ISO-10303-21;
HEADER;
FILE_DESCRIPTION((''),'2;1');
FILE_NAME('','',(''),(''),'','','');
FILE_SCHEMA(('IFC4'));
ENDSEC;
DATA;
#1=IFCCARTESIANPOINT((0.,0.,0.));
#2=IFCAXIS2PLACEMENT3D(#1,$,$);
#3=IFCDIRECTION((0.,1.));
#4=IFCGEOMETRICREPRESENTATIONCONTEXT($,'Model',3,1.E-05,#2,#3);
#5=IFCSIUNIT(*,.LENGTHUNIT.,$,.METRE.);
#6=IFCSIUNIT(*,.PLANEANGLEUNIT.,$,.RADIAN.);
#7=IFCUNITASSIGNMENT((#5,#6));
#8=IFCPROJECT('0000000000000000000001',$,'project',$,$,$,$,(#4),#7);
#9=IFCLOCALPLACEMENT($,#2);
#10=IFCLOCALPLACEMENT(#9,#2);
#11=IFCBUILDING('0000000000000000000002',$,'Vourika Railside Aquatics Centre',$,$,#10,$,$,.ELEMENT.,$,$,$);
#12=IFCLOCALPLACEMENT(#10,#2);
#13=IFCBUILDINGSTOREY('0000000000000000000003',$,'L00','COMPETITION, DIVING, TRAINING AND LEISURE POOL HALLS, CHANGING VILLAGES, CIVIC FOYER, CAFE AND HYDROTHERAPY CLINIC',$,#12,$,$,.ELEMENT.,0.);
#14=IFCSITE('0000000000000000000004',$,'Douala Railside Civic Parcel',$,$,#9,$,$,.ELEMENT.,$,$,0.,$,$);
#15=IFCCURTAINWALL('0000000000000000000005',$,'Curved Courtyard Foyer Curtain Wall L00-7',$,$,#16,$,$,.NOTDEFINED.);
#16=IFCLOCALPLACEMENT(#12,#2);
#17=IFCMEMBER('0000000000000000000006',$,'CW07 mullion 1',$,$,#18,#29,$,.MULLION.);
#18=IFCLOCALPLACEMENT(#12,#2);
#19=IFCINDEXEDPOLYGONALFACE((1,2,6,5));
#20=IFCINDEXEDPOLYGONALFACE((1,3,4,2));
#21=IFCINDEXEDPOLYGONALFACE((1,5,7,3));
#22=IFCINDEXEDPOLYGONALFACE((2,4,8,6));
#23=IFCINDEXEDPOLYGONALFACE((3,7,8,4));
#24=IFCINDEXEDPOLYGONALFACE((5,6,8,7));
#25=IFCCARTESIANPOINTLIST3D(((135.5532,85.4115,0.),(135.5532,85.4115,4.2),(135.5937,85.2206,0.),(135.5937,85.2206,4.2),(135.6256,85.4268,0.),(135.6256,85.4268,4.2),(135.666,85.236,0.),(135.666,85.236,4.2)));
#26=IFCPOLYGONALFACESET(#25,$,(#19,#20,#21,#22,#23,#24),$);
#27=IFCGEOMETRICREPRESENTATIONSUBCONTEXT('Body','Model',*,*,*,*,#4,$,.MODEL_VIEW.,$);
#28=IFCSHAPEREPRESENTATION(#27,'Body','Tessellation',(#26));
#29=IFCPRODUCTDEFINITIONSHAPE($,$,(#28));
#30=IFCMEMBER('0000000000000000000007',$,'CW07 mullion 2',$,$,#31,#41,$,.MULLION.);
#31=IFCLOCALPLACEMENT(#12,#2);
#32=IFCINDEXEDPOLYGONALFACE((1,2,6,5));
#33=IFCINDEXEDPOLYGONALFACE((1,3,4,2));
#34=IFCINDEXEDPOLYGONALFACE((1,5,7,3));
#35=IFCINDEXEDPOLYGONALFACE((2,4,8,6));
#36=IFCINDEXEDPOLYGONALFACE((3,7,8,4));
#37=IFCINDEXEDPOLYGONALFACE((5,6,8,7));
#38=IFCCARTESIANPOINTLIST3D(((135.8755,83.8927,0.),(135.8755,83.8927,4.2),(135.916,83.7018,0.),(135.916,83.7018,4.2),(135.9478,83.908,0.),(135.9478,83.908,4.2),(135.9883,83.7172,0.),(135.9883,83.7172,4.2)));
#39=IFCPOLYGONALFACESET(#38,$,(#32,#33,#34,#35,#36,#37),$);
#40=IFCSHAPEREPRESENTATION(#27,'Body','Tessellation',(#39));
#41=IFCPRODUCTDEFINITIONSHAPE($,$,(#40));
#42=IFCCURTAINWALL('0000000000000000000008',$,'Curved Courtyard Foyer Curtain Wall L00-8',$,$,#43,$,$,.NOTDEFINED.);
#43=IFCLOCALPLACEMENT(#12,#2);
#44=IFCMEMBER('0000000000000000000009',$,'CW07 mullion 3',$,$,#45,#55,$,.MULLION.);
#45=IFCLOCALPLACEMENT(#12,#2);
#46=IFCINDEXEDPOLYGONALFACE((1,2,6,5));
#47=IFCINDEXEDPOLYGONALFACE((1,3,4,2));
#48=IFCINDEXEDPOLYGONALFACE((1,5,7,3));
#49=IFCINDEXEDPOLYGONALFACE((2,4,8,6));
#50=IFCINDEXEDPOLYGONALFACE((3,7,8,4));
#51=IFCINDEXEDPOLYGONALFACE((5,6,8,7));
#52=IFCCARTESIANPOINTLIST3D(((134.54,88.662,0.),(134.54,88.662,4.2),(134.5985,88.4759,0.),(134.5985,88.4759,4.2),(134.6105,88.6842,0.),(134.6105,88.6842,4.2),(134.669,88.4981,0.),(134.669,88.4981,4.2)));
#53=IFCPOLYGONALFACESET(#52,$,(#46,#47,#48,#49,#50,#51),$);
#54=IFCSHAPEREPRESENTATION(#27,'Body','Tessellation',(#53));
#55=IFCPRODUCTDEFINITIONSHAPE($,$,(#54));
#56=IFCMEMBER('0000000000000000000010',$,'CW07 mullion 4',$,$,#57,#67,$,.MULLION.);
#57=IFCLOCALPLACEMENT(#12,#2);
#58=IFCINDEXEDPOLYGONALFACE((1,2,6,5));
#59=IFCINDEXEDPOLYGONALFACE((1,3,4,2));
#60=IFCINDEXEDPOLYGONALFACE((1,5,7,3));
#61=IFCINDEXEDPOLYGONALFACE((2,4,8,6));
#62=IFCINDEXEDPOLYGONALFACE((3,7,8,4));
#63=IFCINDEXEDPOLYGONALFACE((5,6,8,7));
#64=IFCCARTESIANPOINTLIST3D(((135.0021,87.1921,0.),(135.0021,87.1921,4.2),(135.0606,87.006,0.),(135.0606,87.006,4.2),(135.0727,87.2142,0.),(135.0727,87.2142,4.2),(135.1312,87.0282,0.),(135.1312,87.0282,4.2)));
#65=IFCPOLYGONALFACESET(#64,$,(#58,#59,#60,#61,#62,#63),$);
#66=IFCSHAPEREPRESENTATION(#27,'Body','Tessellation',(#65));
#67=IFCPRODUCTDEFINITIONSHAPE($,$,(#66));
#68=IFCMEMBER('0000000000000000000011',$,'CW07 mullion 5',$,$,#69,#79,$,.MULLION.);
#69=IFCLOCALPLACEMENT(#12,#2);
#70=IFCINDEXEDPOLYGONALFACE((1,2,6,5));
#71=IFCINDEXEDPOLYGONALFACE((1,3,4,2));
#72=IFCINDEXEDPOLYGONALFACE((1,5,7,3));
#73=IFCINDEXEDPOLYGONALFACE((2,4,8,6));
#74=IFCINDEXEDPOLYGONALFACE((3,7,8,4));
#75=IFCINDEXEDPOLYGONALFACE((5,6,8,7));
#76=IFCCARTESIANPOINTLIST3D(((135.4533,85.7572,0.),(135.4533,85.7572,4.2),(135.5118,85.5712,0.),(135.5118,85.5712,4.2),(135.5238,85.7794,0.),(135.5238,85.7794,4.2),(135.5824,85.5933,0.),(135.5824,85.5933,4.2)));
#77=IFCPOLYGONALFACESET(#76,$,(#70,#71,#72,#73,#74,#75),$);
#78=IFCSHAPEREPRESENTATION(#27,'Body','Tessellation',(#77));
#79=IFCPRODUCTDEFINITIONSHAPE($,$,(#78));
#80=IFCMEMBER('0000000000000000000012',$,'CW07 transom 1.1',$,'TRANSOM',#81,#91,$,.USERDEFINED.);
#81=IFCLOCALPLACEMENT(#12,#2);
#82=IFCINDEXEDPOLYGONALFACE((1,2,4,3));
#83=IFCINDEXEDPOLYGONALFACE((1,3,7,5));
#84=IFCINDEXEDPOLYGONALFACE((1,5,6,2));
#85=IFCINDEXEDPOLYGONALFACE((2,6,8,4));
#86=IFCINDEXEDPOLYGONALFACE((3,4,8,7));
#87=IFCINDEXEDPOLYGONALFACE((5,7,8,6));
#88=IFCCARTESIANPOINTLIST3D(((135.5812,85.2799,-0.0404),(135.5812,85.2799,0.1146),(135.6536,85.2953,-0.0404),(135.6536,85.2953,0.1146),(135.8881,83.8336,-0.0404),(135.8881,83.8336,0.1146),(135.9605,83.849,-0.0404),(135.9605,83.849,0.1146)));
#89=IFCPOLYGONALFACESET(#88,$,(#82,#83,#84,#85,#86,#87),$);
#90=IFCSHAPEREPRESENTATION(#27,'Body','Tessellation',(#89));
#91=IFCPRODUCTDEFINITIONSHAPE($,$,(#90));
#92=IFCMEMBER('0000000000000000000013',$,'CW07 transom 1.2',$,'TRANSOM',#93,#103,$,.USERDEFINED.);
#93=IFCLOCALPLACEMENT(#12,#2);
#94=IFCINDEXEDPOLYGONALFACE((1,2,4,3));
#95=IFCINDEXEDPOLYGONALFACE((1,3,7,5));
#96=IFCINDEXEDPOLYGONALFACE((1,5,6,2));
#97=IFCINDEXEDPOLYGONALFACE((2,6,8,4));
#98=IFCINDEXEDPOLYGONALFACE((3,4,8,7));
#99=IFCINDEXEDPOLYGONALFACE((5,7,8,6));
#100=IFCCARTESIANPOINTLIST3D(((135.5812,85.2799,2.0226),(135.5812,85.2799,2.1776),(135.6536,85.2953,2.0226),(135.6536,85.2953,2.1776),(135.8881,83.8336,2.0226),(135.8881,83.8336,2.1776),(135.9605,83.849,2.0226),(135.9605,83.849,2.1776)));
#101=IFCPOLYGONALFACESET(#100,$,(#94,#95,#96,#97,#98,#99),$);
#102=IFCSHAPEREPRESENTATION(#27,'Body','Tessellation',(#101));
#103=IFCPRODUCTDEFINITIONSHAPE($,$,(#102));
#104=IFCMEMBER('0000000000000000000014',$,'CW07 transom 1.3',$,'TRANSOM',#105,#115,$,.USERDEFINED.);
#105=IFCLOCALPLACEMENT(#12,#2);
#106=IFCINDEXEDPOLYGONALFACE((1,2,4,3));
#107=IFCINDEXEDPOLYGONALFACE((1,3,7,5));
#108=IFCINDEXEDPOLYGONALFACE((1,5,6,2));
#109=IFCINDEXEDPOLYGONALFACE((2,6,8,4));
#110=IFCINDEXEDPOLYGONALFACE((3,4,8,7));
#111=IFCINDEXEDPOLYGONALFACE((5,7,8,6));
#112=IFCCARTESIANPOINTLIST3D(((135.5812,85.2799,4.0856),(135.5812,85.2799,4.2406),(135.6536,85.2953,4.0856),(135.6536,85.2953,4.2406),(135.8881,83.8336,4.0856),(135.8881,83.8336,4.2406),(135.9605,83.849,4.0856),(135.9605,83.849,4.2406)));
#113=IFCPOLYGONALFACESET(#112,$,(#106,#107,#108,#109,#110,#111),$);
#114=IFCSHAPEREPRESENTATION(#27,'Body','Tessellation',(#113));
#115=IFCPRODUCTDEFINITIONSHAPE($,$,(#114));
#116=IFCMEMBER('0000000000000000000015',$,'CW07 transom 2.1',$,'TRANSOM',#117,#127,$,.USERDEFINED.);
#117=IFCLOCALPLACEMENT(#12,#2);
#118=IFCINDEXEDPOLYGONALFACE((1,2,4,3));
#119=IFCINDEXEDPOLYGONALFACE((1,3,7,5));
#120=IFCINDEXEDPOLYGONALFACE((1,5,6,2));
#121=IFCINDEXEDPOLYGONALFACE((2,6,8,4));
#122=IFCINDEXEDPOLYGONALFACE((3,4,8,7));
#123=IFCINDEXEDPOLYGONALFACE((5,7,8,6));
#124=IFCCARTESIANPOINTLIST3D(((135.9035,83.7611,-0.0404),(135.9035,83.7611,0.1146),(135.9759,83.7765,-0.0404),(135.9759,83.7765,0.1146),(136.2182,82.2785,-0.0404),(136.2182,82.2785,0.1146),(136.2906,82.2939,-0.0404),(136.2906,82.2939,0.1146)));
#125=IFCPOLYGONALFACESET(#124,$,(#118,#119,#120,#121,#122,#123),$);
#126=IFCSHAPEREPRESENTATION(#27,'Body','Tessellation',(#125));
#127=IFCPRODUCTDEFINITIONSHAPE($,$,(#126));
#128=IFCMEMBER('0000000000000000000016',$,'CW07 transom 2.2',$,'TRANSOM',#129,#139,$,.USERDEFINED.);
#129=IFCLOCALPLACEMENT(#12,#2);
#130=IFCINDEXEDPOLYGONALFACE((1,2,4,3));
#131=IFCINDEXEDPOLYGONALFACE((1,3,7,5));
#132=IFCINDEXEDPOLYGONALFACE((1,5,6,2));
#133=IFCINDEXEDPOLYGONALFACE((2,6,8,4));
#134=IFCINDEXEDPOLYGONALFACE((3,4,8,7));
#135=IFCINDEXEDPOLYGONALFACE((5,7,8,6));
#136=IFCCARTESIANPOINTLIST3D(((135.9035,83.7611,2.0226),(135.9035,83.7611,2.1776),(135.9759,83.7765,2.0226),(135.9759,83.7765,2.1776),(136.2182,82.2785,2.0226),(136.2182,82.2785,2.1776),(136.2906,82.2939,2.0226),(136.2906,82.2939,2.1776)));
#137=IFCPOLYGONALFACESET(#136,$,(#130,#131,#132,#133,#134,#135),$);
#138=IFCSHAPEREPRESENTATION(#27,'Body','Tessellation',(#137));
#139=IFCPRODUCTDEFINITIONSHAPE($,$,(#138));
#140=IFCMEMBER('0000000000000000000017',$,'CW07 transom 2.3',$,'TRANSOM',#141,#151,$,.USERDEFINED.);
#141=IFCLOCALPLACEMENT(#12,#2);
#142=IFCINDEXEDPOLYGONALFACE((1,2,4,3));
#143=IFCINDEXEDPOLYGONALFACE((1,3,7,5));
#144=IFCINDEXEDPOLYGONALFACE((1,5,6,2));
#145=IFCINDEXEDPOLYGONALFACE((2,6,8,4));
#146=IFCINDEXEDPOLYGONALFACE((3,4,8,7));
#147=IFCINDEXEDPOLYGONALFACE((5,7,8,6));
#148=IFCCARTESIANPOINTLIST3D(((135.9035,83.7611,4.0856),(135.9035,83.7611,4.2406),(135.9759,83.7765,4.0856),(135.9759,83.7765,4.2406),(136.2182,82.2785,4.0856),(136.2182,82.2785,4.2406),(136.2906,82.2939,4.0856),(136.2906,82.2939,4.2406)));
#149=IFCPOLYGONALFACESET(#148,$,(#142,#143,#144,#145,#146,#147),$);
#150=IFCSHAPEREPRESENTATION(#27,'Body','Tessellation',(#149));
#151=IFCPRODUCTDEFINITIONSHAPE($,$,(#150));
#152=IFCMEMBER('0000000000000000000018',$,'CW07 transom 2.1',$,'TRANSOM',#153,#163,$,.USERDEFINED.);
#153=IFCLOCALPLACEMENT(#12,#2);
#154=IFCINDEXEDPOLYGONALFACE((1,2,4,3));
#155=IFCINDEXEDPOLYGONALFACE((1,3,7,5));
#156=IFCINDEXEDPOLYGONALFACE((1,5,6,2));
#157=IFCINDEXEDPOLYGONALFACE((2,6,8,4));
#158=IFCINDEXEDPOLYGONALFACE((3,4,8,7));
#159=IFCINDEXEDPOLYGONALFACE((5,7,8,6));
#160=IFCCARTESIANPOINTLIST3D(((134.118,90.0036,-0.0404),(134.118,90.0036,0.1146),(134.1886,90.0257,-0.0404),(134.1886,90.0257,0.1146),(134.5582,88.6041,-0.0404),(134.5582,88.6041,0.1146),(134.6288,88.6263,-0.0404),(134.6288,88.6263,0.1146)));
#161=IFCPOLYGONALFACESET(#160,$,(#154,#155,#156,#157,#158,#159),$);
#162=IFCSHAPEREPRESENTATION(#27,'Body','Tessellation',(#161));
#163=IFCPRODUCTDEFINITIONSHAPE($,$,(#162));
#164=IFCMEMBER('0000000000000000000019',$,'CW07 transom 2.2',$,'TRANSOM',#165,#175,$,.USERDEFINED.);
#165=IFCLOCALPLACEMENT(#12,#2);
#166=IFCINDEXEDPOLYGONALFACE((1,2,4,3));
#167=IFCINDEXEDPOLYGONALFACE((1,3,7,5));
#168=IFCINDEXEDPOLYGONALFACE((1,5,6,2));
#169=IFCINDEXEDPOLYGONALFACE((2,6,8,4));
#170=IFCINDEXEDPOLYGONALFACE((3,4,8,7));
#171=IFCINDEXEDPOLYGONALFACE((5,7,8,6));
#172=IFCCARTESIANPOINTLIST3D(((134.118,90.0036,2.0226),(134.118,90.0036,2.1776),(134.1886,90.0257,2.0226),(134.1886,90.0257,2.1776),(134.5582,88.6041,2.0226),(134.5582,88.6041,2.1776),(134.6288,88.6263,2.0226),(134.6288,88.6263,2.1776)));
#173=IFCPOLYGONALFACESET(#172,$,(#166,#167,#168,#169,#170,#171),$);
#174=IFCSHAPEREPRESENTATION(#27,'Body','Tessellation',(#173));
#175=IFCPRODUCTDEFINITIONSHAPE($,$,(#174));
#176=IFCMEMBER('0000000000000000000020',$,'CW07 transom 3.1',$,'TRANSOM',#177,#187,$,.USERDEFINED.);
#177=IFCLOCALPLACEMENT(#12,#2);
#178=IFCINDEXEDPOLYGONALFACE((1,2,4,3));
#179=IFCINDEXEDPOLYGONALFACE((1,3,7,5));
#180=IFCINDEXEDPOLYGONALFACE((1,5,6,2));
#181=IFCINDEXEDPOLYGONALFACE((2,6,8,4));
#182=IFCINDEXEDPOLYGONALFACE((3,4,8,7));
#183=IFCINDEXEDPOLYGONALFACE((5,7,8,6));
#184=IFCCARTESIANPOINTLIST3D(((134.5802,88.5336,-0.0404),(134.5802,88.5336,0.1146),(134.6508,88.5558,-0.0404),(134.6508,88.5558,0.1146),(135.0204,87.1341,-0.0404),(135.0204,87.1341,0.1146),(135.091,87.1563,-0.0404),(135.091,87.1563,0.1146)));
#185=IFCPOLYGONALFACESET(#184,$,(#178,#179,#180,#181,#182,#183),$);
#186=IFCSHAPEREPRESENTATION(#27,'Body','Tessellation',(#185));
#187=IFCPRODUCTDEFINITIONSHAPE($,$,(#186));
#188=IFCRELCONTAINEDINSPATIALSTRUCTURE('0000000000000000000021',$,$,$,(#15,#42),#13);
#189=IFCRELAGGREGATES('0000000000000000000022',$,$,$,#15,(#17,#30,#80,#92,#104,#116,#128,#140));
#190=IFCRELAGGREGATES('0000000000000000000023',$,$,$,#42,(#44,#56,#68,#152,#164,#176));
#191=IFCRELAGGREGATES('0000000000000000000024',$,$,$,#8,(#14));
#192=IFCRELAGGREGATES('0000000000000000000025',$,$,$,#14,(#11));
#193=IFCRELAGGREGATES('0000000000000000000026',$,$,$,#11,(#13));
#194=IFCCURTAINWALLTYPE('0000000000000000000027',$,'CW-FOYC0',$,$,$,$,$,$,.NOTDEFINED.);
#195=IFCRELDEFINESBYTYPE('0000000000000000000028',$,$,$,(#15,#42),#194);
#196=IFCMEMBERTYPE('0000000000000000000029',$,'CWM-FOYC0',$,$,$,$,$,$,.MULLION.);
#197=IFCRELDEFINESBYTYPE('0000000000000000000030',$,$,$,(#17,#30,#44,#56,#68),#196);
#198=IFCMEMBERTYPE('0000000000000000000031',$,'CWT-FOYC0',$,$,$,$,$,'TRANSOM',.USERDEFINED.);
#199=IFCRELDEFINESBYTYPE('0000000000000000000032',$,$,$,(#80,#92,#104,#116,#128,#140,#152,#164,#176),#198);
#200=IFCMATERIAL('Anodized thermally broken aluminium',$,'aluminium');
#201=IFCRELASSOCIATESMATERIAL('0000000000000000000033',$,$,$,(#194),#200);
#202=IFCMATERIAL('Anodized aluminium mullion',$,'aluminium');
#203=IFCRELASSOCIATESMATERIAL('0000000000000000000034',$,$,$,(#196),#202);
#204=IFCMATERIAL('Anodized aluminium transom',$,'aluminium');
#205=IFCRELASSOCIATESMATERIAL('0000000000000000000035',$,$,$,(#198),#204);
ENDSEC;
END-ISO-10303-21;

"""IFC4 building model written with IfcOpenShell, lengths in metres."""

from ifc_helpers import new_model, si_unit, direction, frame, origin, origin_2d, place, context, subcontext, project, spatial, rectangle, extrude, material, material_profile, profile_set, type_object, element, aggregate, save


model = new_model("IFC4")

# Units and contexts
model_context = context("Model", 3, precision=1e-05, world=origin(), true_north=direction((0.0, 1.0)))
body_context = subcontext(model_context, "Body", "Model", "MODEL_VIEW")
ifc_project = project(units=[si_unit("LENGTHUNIT", "METRE"), si_unit("PLANEANGLEUNIT", "RADIAN")], contexts=[model_context])

# Site, building, storey
site_placement = place(None, origin())
site = spatial("IfcSite", under=ifc_project, at=site_placement, Name="Douala Railside Civic Parcel", CompositionType="ELEMENT", RefElevation=0.0)
building_placement = place(site_placement, origin())
building = spatial("IfcBuilding", under=site, at=building_placement, Name="Vourika Railside Aquatics Centre", CompositionType="ELEMENT")
storey_placement = place(building_placement, origin())
storey = spatial("IfcBuildingStorey", under=building, at=storey_placement, Name="L00", Description="COMPETITION, DIVING, TRAINING AND LEISURE POOL HALLS, CHANGING VILLAGES, CIVIC FOYER, CAFE AND HYDROTHERAPY CLINIC", CompositionType="ELEMENT", Elevation=0.0)

# Curtain walls, members
ifc_material_1 = material(Name="Anodized thermally broken aluminium", Category="aluminium")
curtain_wall_type = type_object("IfcCurtainWallType", Name="CW-FOYC0", PredefinedType="NOTDEFINED", material=ifc_material_1)
curtain_wall_1_placement = place(storey_placement, origin())
curtain_wall_1 = element("IfcCurtainWall", 1, at=curtain_wall_1_placement, inside=storey, type_object=curtain_wall_type, Name="Curved Courtyard Foyer Curtain Wall L00-7", PredefinedType="NOTDEFINED")
ifc_material_2 = material(Name="Anodized aluminium mullion", Category="aluminium")
ifc_material_profile_1 = material_profile(ifc_material_2, rectangle(XDim=0.074, YDim=0.1951, at=origin_2d()), Name="ALU-M 74x195")
ifc_profile_set_1 = profile_set([ifc_material_profile_1], Name="Anodized aluminium mullion")
member_type_1 = type_object("IfcMemberType", Name="CWM-FOYC0", PredefinedType="MULLION", material=ifc_profile_set_1)
member_1_placement = place(storey_placement, frame((135.6096, 85.3237, 0.0), z_axis=(0.0, 0.0, 1.0), x_axis=(0.978215, 0.207595, 0.0)))
member_1 = element("IfcMember", 2, at=member_1_placement, type_object=member_type_1, Name="CW07 mullion 1", PredefinedType="MULLION", context=body_context, shape_type="SweptSolid", body=[
    extrude(rectangle(XDim=0.074, YDim=0.1951, at=origin_2d()), origin(), (0.0, 0.0, 1.0), 4.2),
])
member_2_placement = place(storey_placement, frame((135.9319, 83.8049, 0.0), z_axis=(0.0, 0.0, 1.0), x_axis=(0.978215, 0.207595, 0.0)))
member_2 = element("IfcMember", 3, at=member_2_placement, type_object=member_type_1, Name="CW07 mullion 2", PredefinedType="MULLION", context=body_context, shape_type="SweptSolid", body=[
    extrude(rectangle(XDim=0.074, YDim=0.1951, at=origin_2d()), origin(), (0.0, 0.0, 1.0), 4.2),
])
curtain_wall_2_placement = place(storey_placement, origin())
curtain_wall_2 = element("IfcCurtainWall", 4, at=curtain_wall_2_placement, inside=storey, type_object=curtain_wall_type, Name="Curved Courtyard Foyer Curtain Wall L00-8", PredefinedType="NOTDEFINED")
member_3_placement = place(storey_placement, frame((134.6045, 88.5801, 0.0), z_axis=(0.0, 0.0, 1.0), x_axis=(0.953947, 0.299974, 0.0)))
member_3 = element("IfcMember", 5, at=member_3_placement, type_object=member_type_1, Name="CW07 mullion 3", PredefinedType="MULLION", context=body_context, shape_type="SweptSolid", body=[
    extrude(rectangle(XDim=0.074, YDim=0.1951, at=origin_2d()), origin(), (0.0, 0.0, 1.0), 4.2),
])
member_4_placement = place(storey_placement, frame((135.0667, 87.1101, 0.0), z_axis=(0.0, 0.0, 1.0), x_axis=(0.953947, 0.299974, 0.0)))
member_4 = element("IfcMember", 6, at=member_4_placement, type_object=member_type_1, Name="CW07 mullion 4", PredefinedType="MULLION", context=body_context, shape_type="SweptSolid", body=[
    extrude(rectangle(XDim=0.074, YDim=0.1951, at=origin_2d()), origin(), (0.0, 0.0, 1.0), 4.2),
])
member_5_placement = place(storey_placement, frame((135.5178, 85.6753, 0.0), z_axis=(0.0, 0.0, 1.0), x_axis=(0.953947, 0.299974, 0.0)))
member_5 = element("IfcMember", 7, at=member_5_placement, type_object=member_type_1, Name="CW07 mullion 5", PredefinedType="MULLION", context=body_context, shape_type="SweptSolid", body=[
    extrude(rectangle(XDim=0.074, YDim=0.1951, at=origin_2d()), origin(), (0.0, 0.0, 1.0), 4.2),
])

# Members
ifc_material_3 = material(Name="Anodized aluminium transom", Category="aluminium")
ifc_material_profile_2 = material_profile(ifc_material_3, rectangle(XDim=0.074, YDim=0.155, at=origin_2d()), Name="ALU-T 74x155")
ifc_profile_set_2 = profile_set([ifc_material_profile_2], Name="Anodized aluminium transom")
member_type_2 = type_object("IfcMemberType", Name="CWT-FOYC0", ElementType="TRANSOM", PredefinedType="USERDEFINED", material=ifc_profile_set_2)
member_6_placement = place(storey_placement, frame((135.6174, 85.2876, 0.0371), z_axis=(0.207566, -0.978221, 0.0), x_axis=(0.978221, 0.207566, 0.0)))
member_6 = element("IfcMember", 8, at=member_6_placement, type_object=member_type_2, Name="CW07 transom 1.1", ObjectType="TRANSOM", PredefinedType="USERDEFINED", context=body_context, shape_type="SweptSolid", body=[
    extrude(rectangle(XDim=0.074, YDim=0.155, at=origin_2d()), origin(), (0.0, 0.0, 1.0), 1.4785),
])
member_7_placement = place(storey_placement, frame((135.6174, 85.2876, 2.1001), z_axis=(0.207566, -0.978221, 0.0), x_axis=(0.978221, 0.207566, 0.0)))
member_7 = element("IfcMember", 9, at=member_7_placement, type_object=member_type_2, Name="CW07 transom 1.2", ObjectType="TRANSOM", PredefinedType="USERDEFINED", context=body_context, shape_type="SweptSolid", body=[
    extrude(rectangle(XDim=0.074, YDim=0.155, at=origin_2d()), origin(), (0.0, 0.0, 1.0), 1.4785),
])
member_8_placement = place(storey_placement, frame((135.6174, 85.2876, 4.1631), z_axis=(0.207566, -0.978221, 0.0), x_axis=(0.978221, 0.207566, 0.0)))
member_8 = element("IfcMember", 10, at=member_8_placement, type_object=member_type_2, Name="CW07 transom 1.3", ObjectType="TRANSOM", PredefinedType="USERDEFINED", context=body_context, shape_type="SweptSolid", body=[
    extrude(rectangle(XDim=0.074, YDim=0.155, at=origin_2d()), origin(), (0.0, 0.0, 1.0), 1.4785),
])
member_9_placement = place(storey_placement, frame((135.9397, 83.7688, 0.0371), z_axis=(0.207626, -0.978208, 0.0), x_axis=(0.978208, 0.207626, 0.0)))
member_9 = element("IfcMember", 11, at=member_9_placement, type_object=member_type_2, Name="CW07 transom 2.1", ObjectType="TRANSOM", PredefinedType="USERDEFINED", context=body_context, shape_type="SweptSolid", body=[
    extrude(rectangle(XDim=0.074, YDim=0.155, at=origin_2d()), origin(), (0.0, 0.0, 1.0), 1.5156),
])
member_10_placement = place(storey_placement, frame((135.9397, 83.7688, 2.1001), z_axis=(0.207626, -0.978208, 0.0), x_axis=(0.978208, 0.207626, 0.0)))
member_10 = element("IfcMember", 12, at=member_10_placement, type_object=member_type_2, Name="CW07 transom 2.2", ObjectType="TRANSOM", PredefinedType="USERDEFINED", context=body_context, shape_type="SweptSolid", body=[
    extrude(rectangle(XDim=0.074, YDim=0.155, at=origin_2d()), origin(), (0.0, 0.0, 1.0), 1.5156),
])
member_11_placement = place(storey_placement, frame((135.9397, 83.7688, 4.1631), z_axis=(0.207626, -0.978208, 0.0), x_axis=(0.978208, 0.207626, 0.0)))
member_11 = element("IfcMember", 13, at=member_11_placement, type_object=member_type_2, Name="CW07 transom 2.3", ObjectType="TRANSOM", PredefinedType="USERDEFINED", context=body_context, shape_type="SweptSolid", body=[
    extrude(rectangle(XDim=0.074, YDim=0.155, at=origin_2d()), origin(), (0.0, 0.0, 1.0), 1.5156),
])
member_12_placement = place(storey_placement, frame((134.1533, 90.0146, 0.0371), z_axis=(0.300056, -0.953922, 0.0), x_axis=(0.953922, 0.300056, 0.0)))
member_12 = element("IfcMember", 14, at=member_12_placement, type_object=member_type_2, Name="CW07 transom 2.1", ObjectType="TRANSOM", PredefinedType="USERDEFINED", context=body_context, shape_type="SweptSolid", body=[
    extrude(rectangle(XDim=0.074, YDim=0.155, at=origin_2d()), origin(), (0.0, 0.0, 1.0), 1.467),
])
member_13_placement = place(storey_placement, frame((134.1533, 90.0146, 2.1001), z_axis=(0.300056, -0.953922, 0.0), x_axis=(0.953922, 0.300056, 0.0)))
member_13 = element("IfcMember", 15, at=member_13_placement, type_object=member_type_2, Name="CW07 transom 2.2", ObjectType="TRANSOM", PredefinedType="USERDEFINED", context=body_context, shape_type="SweptSolid", body=[
    extrude(rectangle(XDim=0.074, YDim=0.155, at=origin_2d()), origin(), (0.0, 0.0, 1.0), 1.467),
])
member_14_placement = place(storey_placement, frame((134.6155, 88.5447, 0.0371), z_axis=(0.300056, -0.953922, 0.0), x_axis=(0.953922, 0.300056, 0.0)))
member_14 = element("IfcMember", 16, at=member_14_placement, type_object=member_type_2, Name="CW07 transom 3.1", ObjectType="TRANSOM", PredefinedType="USERDEFINED", context=body_context, shape_type="SweptSolid", body=[
    extrude(rectangle(XDim=0.074, YDim=0.155, at=origin_2d()), origin(), (0.0, 0.0, 1.0), 1.467),
])

aggregate(curtain_wall_1, [member_1, member_2, member_6, member_7, member_8, member_9, member_10, member_11])
aggregate(curtain_wall_2, [member_3, member_4, member_5, member_12, member_13, member_14])

save(model, "model.ifc")
